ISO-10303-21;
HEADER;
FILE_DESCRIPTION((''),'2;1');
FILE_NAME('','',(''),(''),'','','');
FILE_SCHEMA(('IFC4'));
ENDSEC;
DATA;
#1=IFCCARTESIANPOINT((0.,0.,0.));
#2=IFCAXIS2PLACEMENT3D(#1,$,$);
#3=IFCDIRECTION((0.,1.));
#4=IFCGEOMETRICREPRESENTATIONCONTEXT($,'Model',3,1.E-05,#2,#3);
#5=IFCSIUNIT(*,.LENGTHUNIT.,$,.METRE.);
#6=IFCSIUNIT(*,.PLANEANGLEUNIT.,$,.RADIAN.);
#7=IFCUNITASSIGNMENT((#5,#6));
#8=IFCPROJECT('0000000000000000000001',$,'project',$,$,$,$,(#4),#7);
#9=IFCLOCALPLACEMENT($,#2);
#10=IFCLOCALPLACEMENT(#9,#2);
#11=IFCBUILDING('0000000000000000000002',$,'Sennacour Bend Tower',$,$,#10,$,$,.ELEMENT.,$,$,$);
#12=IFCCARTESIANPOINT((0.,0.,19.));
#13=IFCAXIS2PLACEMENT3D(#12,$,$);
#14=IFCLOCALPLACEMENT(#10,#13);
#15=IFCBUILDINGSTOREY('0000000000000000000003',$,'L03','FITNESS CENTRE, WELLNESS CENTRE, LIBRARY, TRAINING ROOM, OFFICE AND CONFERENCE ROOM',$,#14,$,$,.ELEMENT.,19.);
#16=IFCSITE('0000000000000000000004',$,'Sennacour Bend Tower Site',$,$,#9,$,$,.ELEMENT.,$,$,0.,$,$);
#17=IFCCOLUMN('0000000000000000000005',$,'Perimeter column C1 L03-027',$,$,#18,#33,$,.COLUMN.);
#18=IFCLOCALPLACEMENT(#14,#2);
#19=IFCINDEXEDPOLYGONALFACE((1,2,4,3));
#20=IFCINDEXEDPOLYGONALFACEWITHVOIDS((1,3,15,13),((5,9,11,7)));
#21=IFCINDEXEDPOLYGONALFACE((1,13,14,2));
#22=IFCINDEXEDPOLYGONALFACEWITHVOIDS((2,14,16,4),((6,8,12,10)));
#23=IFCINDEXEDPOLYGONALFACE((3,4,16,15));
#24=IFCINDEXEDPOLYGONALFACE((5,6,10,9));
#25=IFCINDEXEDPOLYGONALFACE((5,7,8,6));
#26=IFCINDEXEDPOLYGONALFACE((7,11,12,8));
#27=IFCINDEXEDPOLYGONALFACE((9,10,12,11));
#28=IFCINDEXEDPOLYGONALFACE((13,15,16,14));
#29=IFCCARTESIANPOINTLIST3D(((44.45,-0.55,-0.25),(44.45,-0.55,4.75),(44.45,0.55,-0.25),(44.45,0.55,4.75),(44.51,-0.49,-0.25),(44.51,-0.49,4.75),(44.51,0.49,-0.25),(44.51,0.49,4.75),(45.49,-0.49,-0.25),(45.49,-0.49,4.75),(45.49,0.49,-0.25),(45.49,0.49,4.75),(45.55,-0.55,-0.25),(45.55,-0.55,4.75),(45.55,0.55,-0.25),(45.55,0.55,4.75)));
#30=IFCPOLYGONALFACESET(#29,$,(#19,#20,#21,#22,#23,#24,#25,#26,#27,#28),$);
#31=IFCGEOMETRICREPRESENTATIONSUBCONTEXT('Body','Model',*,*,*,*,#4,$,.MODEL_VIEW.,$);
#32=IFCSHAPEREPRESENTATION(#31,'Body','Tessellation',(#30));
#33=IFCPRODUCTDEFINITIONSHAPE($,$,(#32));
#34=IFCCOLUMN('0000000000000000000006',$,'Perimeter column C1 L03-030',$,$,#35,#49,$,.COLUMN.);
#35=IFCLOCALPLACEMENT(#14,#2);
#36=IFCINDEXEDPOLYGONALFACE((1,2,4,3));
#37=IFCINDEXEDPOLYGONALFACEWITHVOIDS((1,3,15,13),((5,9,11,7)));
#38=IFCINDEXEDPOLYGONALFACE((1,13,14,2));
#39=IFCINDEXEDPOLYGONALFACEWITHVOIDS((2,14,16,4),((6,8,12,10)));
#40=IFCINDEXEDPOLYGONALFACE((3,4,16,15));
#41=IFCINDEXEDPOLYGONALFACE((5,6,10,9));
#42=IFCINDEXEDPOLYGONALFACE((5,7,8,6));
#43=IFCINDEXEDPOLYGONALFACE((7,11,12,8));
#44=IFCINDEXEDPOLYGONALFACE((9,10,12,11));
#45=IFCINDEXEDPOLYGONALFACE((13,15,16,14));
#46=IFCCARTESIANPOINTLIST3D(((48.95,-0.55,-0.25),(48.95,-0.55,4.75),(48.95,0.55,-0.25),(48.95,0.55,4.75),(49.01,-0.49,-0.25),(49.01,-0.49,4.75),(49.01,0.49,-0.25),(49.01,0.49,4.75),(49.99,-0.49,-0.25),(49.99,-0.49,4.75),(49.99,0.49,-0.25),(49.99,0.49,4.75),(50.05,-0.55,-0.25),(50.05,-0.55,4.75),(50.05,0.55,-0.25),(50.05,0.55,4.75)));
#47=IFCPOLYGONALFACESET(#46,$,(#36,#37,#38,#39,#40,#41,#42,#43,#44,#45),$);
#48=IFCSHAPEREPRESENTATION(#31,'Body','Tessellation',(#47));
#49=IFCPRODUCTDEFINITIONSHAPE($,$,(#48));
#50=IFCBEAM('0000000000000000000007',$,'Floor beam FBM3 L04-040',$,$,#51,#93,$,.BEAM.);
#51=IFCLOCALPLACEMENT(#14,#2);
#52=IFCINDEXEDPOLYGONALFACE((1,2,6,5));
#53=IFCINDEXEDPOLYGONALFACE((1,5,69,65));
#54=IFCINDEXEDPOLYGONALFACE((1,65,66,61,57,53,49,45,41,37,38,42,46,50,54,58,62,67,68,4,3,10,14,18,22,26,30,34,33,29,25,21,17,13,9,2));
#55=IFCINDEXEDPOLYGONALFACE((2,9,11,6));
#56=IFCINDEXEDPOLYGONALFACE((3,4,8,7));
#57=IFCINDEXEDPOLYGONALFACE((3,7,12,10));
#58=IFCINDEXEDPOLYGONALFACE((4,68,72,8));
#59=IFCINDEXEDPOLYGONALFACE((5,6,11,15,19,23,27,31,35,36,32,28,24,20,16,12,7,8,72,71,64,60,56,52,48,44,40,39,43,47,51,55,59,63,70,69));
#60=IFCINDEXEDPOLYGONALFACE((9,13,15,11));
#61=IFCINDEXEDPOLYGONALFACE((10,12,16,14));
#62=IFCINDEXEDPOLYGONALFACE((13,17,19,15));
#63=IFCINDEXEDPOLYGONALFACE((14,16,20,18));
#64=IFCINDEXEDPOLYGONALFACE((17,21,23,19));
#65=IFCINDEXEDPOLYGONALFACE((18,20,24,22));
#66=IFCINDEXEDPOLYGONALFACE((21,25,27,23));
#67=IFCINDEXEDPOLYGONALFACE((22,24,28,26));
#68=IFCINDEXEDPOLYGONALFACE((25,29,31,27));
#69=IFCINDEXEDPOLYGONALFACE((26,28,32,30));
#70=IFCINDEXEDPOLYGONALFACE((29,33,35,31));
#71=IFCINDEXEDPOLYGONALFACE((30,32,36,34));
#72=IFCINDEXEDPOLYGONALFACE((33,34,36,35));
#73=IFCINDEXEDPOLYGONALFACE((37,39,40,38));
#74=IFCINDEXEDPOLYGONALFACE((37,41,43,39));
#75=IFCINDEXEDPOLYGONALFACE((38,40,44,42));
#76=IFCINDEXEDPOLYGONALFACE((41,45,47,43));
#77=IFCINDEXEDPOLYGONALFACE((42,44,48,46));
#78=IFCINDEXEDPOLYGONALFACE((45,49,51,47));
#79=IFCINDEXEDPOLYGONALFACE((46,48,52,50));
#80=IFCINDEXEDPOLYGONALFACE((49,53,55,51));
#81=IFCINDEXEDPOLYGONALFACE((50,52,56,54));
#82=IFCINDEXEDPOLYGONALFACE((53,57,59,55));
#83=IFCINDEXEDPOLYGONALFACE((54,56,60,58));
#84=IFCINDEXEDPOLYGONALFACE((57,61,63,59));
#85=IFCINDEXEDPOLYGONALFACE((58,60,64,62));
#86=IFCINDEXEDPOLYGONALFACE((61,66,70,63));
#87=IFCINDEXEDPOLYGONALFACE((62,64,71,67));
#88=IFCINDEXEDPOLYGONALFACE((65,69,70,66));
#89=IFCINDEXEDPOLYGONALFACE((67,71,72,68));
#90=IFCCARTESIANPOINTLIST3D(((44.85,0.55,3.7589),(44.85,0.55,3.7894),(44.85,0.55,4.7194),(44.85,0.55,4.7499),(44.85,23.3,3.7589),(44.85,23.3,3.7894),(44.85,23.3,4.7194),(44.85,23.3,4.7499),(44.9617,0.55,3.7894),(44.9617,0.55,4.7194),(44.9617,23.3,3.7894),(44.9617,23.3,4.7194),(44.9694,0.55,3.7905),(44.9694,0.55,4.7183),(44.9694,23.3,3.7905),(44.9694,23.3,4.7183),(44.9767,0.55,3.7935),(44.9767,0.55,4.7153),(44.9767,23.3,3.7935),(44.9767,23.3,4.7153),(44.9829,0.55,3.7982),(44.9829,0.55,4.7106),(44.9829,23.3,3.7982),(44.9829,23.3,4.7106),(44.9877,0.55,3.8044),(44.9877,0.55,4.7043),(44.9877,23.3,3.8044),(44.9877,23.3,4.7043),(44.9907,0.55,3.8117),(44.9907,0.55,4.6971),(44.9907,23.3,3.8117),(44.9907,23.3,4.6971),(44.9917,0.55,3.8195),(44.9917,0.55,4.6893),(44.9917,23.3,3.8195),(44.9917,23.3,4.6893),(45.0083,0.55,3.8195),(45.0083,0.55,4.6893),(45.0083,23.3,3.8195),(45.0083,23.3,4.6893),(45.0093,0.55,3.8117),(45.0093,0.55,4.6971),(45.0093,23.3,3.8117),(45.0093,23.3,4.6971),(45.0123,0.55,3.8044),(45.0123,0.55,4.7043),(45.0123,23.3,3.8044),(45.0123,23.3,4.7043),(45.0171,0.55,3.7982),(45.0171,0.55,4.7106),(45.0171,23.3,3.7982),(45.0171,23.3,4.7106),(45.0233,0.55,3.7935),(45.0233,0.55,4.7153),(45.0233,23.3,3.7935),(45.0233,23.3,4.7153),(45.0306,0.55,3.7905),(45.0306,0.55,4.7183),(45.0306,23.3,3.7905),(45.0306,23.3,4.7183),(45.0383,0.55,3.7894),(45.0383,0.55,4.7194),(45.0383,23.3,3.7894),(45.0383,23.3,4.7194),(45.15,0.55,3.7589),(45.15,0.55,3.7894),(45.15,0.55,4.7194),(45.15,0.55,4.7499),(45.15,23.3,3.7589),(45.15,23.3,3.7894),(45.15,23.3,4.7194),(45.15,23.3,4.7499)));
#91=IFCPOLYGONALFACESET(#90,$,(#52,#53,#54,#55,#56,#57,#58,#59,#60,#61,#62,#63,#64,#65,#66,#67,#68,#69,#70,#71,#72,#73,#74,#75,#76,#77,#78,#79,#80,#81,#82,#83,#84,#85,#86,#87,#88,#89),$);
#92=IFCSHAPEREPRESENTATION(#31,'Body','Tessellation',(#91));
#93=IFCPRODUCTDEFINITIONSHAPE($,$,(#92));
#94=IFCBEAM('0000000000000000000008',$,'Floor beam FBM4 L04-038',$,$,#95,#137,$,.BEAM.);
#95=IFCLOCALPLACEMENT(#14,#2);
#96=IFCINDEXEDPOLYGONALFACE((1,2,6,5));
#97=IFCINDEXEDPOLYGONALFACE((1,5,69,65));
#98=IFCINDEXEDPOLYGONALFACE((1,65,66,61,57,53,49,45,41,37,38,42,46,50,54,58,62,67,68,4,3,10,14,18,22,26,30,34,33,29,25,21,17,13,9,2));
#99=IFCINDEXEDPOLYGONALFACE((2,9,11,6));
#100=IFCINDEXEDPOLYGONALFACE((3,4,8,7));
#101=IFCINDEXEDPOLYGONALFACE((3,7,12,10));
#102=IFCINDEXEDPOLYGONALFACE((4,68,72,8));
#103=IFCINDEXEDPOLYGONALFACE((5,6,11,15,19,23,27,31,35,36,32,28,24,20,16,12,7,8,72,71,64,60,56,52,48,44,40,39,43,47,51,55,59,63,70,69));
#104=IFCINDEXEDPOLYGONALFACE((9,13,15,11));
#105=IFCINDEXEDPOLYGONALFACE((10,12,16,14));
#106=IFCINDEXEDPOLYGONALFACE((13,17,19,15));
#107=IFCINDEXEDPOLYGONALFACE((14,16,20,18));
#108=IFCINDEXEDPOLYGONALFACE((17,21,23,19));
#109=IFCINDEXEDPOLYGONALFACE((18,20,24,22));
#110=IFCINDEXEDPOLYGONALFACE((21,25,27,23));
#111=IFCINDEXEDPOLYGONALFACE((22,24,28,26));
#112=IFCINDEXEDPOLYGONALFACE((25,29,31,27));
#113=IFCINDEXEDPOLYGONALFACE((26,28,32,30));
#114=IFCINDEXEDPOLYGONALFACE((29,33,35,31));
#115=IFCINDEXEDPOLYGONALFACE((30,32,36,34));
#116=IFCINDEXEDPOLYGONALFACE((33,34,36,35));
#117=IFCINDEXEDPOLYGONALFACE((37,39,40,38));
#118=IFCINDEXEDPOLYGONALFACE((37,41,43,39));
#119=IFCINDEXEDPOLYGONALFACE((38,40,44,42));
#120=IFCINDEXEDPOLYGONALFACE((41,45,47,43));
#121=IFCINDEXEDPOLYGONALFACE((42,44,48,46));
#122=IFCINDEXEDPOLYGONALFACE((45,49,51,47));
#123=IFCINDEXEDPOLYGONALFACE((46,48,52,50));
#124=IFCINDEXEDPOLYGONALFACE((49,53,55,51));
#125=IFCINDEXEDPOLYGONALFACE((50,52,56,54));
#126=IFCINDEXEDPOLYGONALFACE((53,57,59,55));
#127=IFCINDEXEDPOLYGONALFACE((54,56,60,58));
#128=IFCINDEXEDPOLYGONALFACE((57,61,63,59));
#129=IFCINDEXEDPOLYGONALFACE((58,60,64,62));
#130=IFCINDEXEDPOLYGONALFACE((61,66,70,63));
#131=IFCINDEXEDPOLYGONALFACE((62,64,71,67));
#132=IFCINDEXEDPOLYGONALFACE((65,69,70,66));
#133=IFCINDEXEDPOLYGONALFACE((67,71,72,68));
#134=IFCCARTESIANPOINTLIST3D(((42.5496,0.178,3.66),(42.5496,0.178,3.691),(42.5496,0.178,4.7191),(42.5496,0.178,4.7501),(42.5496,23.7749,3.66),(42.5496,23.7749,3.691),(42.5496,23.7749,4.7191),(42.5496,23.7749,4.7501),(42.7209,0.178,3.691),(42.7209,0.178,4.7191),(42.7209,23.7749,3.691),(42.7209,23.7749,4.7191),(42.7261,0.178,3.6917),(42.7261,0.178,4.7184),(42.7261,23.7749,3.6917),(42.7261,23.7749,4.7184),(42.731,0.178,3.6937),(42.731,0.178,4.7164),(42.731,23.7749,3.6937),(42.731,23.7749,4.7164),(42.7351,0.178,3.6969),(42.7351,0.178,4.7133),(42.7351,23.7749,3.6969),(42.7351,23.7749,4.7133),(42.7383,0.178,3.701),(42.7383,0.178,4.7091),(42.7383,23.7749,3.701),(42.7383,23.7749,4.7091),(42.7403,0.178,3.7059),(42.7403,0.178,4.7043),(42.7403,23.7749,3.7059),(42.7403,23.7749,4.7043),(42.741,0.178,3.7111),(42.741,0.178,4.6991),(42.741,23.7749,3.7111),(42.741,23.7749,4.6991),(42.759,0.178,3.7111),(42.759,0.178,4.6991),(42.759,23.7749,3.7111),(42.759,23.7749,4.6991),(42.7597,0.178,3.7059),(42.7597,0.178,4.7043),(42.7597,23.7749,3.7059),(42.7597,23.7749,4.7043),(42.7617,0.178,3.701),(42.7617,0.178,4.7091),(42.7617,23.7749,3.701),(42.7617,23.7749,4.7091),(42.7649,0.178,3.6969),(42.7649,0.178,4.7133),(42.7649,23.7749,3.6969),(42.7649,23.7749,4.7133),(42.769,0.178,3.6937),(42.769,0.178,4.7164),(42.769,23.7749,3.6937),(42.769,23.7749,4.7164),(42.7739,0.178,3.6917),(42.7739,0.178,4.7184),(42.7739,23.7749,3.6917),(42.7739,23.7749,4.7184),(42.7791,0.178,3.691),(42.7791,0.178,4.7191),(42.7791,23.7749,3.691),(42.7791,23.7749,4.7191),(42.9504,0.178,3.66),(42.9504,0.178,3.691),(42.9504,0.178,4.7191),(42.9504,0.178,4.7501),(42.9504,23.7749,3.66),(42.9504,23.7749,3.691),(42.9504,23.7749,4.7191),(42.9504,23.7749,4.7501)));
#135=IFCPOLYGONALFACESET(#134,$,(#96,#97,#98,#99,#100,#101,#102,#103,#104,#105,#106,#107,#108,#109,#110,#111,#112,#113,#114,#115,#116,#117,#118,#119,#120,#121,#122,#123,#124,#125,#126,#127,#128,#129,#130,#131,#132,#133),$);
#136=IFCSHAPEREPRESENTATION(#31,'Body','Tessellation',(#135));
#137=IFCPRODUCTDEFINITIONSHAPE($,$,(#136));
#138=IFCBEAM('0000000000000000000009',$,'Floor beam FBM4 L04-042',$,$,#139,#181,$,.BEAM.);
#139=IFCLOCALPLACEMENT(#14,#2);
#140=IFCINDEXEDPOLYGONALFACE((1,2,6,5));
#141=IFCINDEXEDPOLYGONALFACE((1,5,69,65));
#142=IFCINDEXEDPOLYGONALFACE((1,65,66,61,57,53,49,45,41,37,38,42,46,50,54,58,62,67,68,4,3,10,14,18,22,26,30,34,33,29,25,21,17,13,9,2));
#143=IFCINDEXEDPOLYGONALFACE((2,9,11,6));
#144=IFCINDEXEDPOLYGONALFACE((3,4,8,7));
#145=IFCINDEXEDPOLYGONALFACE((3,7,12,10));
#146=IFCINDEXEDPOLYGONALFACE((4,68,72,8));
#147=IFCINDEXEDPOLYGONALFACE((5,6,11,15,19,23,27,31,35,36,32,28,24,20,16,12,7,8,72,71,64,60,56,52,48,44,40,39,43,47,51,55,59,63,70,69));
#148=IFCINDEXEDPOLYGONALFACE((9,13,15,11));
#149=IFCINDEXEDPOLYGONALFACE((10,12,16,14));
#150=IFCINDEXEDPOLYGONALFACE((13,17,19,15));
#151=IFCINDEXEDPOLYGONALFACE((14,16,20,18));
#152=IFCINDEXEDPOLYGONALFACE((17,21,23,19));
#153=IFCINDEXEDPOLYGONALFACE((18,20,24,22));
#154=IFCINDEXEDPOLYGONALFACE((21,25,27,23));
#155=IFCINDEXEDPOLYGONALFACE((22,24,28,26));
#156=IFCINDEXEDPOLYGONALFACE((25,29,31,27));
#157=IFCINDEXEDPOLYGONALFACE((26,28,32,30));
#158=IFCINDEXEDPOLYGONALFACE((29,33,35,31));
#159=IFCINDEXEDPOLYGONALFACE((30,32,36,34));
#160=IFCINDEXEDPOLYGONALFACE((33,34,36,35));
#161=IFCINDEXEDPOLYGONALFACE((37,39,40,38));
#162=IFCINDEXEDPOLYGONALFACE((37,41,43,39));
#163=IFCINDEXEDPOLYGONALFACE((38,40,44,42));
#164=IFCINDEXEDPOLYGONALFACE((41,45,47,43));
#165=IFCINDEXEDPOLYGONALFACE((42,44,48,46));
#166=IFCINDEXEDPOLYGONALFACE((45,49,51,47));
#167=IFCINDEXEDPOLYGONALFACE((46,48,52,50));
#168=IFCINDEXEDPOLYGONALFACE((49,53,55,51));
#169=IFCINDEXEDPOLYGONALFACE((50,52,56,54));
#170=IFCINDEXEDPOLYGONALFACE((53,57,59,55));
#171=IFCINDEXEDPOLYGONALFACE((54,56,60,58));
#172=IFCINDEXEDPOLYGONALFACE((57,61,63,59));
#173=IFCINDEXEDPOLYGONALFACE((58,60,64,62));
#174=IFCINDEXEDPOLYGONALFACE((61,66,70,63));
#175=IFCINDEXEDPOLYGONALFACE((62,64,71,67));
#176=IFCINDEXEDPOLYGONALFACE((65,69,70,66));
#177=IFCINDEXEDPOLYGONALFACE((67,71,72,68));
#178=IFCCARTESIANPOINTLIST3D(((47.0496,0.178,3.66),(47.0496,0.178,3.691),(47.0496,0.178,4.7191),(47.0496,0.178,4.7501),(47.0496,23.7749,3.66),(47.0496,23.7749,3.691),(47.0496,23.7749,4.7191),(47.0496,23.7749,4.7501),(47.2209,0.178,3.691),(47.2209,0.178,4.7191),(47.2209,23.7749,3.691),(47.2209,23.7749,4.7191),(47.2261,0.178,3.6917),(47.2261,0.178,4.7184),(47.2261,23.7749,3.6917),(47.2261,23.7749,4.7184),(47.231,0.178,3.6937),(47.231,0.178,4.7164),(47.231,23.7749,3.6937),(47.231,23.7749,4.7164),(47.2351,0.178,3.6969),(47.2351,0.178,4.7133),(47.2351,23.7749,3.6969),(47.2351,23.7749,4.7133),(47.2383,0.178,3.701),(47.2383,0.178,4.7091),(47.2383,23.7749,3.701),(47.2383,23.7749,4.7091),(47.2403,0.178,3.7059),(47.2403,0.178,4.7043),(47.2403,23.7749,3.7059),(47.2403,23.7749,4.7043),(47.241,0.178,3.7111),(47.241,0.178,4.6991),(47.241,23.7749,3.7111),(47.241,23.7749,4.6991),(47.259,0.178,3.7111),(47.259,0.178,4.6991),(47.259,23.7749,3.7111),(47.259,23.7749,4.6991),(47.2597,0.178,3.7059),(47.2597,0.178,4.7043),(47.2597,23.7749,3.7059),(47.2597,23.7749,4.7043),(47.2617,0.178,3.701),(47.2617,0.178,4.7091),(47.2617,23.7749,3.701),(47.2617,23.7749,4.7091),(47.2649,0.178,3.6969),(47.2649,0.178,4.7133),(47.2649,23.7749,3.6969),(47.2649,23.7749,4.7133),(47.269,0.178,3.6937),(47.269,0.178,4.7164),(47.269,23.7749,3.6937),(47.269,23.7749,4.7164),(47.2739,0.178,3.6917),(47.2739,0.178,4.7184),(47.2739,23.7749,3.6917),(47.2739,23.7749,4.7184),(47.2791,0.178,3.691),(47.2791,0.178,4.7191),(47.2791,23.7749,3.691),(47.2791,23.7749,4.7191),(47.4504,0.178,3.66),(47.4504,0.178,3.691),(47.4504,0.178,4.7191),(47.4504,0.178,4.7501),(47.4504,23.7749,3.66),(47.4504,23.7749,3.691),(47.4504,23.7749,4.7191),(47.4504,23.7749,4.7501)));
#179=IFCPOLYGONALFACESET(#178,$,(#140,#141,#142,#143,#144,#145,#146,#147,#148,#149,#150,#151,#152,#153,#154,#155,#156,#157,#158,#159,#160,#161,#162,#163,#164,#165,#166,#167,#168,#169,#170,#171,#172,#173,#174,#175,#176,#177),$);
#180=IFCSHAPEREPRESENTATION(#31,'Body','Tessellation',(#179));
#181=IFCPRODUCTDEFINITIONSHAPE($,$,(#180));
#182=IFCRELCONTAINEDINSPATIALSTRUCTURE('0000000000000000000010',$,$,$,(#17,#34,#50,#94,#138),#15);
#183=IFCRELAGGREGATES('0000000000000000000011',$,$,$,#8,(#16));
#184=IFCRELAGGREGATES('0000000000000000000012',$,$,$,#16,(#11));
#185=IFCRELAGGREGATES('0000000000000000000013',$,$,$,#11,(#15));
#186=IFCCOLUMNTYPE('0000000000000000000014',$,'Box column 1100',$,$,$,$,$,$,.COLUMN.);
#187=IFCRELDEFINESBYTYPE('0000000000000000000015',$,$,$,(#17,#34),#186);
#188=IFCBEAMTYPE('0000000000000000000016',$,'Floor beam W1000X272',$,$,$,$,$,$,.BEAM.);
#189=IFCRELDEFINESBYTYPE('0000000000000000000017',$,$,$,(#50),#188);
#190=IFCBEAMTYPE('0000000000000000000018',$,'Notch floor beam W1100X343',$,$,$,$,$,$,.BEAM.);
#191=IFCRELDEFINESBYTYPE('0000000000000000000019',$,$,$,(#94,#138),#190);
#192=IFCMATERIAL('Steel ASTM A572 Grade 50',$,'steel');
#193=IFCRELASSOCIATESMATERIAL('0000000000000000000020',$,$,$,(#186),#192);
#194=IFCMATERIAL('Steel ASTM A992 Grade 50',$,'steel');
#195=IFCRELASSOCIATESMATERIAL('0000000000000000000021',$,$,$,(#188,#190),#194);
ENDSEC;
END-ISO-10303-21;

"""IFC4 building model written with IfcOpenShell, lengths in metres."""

from ifc_helpers import new_model, si_unit, direction, frame, origin, origin_2d, place, context, subcontext, project, spatial, hollow_rectangle, i_section, extrude, material, material_profile, profile_set, type_object, element, save


model = new_model("IFC4")

# Units and contexts
model_context = context("Model", 3, precision=1e-05, world=origin(), true_north=direction((0.0, 1.0)))
body_context = subcontext(model_context, "Body", "Model", "MODEL_VIEW")
ifc_project = project(units=[si_unit("LENGTHUNIT", "METRE"), si_unit("PLANEANGLEUNIT", "RADIAN")], contexts=[model_context])

# Site, building, storey
site_placement = place(None, origin())
site = spatial("IfcSite", under=ifc_project, at=site_placement, Name="Sennacour Bend Tower Site", CompositionType="ELEMENT", RefElevation=0.0)
building_placement = place(site_placement, origin())
building = spatial("IfcBuilding", under=site, at=building_placement, Name="Sennacour Bend Tower", CompositionType="ELEMENT")
storey_placement = place(building_placement, frame((0.0, 0.0, 19.0)))
storey = spatial("IfcBuildingStorey", under=building, at=storey_placement, Name="L03", Description="FITNESS CENTRE, WELLNESS CENTRE, LIBRARY, TRAINING ROOM, OFFICE AND CONFERENCE ROOM", CompositionType="ELEMENT", Elevation=19.0)

# Columns
ifc_material_1 = material(Name="Steel ASTM A572 Grade 50", Category="steel")
ifc_material_profile_1 = material_profile(ifc_material_1, hollow_rectangle(XDim=1.1001, YDim=1.1001, WallThickness=0.0601, at=origin_2d()), Name="Steel ASTM A572 Grade 50", Category="steel")
ifc_profile_set_1 = profile_set([ifc_material_profile_1], Name="Steel ASTM A572 Grade 50")
column_type = type_object("IfcColumnType", Name="Box column 1100", PredefinedType="COLUMN", material=ifc_profile_set_1)
for number, where, z_axis, x_axis, name in (
    (1, (45.0, 0.0, -0.25), (0.0, 0.0, 1.0), (1.0, 0.0, 0.0), "Perimeter column C1 L03-027"),
    (2, (49.5, 0.0, -0.25), (0.0, 0.0, 1.0), (1.0, 0.0, 0.0), "Perimeter column C1 L03-030"),
):
    element("IfcColumn", number, at=place(storey_placement, frame(where, z_axis=z_axis, x_axis=x_axis)), inside=storey, type_object=column_type, Name=name, PredefinedType="COLUMN", context=body_context, shape_type="SweptSolid", body=[
        extrude(hollow_rectangle(XDim=1.1001, YDim=1.1001, WallThickness=0.0601, at=origin_2d()), origin(), (0.0, 0.0, 1.0), 5.0),
    ])

# Beams
ifc_material_2 = material(Name="Steel ASTM A992 Grade 50", Category="steel")
ifc_material_profile_2 = material_profile(ifc_material_2, i_section(OverallWidth=0.3, OverallDepth=0.991, WebThickness=0.0166, FlangeThickness=0.0305, FilletRadius=0.03, at=origin_2d()), Name="Steel ASTM A992 Grade 50", Category="steel")
ifc_profile_set_2 = profile_set([ifc_material_profile_2], Name="Steel ASTM A992 Grade 50")
beam_type_1 = type_object("IfcBeamType", Name="Floor beam W1000X272", PredefinedType="BEAM", material=ifc_profile_set_2)
beam_1_placement = place(storey_placement, frame((45.0, 0.55, 4.2544), z_axis=(0.0, 1.0, 0.0), x_axis=(-1.0, 0.0, 0.0)))
element("IfcBeam", 3, at=beam_1_placement, inside=storey, type_object=beam_type_1, Name="Floor beam FBM3 L04-040", PredefinedType="BEAM", context=body_context, shape_type="SweptSolid", body=[
    extrude(i_section(OverallWidth=0.3, OverallDepth=0.991, WebThickness=0.0166, FlangeThickness=0.0305, FilletRadius=0.03, at=origin_2d()), origin(), (0.0, 0.0, 1.0), 22.75),
])
ifc_material_profile_3 = material_profile(ifc_material_2, i_section(OverallWidth=0.4009, OverallDepth=1.0901, WebThickness=0.0181, FlangeThickness=0.031, FilletRadius=0.02, at=origin_2d()), Name="Steel ASTM A992 Grade 50", Category="steel")
ifc_profile_set_3 = profile_set([ifc_material_profile_3], Name="Steel ASTM A992 Grade 50")
beam_type_2 = type_object("IfcBeamType", Name="Notch floor beam W1100X343", PredefinedType="BEAM", material=ifc_profile_set_3)
for number, where, z_axis, x_axis, name in (
    (4, (42.75, 0.178, 4.2051), (0.0, 1.0, 0.0), (-1.0, 0.0, 0.0), "Floor beam FBM4 L04-038"),
    (5, (47.25, 0.178, 4.2051), (0.0, 1.0, 0.0), (-1.0, 0.0, 0.0), "Floor beam FBM4 L04-042"),
):
    element("IfcBeam", number, at=place(storey_placement, frame(where, z_axis=z_axis, x_axis=x_axis)), inside=storey, type_object=beam_type_2, Name=name, PredefinedType="BEAM", context=body_context, shape_type="SweptSolid", body=[
        extrude(i_section(OverallWidth=0.4009, OverallDepth=1.0901, WebThickness=0.0181, FlangeThickness=0.031, FilletRadius=0.02, at=origin_2d()), origin(), (0.0, 0.0, 1.0), 23.5969),
    ])

save(model, "model.ifc")
